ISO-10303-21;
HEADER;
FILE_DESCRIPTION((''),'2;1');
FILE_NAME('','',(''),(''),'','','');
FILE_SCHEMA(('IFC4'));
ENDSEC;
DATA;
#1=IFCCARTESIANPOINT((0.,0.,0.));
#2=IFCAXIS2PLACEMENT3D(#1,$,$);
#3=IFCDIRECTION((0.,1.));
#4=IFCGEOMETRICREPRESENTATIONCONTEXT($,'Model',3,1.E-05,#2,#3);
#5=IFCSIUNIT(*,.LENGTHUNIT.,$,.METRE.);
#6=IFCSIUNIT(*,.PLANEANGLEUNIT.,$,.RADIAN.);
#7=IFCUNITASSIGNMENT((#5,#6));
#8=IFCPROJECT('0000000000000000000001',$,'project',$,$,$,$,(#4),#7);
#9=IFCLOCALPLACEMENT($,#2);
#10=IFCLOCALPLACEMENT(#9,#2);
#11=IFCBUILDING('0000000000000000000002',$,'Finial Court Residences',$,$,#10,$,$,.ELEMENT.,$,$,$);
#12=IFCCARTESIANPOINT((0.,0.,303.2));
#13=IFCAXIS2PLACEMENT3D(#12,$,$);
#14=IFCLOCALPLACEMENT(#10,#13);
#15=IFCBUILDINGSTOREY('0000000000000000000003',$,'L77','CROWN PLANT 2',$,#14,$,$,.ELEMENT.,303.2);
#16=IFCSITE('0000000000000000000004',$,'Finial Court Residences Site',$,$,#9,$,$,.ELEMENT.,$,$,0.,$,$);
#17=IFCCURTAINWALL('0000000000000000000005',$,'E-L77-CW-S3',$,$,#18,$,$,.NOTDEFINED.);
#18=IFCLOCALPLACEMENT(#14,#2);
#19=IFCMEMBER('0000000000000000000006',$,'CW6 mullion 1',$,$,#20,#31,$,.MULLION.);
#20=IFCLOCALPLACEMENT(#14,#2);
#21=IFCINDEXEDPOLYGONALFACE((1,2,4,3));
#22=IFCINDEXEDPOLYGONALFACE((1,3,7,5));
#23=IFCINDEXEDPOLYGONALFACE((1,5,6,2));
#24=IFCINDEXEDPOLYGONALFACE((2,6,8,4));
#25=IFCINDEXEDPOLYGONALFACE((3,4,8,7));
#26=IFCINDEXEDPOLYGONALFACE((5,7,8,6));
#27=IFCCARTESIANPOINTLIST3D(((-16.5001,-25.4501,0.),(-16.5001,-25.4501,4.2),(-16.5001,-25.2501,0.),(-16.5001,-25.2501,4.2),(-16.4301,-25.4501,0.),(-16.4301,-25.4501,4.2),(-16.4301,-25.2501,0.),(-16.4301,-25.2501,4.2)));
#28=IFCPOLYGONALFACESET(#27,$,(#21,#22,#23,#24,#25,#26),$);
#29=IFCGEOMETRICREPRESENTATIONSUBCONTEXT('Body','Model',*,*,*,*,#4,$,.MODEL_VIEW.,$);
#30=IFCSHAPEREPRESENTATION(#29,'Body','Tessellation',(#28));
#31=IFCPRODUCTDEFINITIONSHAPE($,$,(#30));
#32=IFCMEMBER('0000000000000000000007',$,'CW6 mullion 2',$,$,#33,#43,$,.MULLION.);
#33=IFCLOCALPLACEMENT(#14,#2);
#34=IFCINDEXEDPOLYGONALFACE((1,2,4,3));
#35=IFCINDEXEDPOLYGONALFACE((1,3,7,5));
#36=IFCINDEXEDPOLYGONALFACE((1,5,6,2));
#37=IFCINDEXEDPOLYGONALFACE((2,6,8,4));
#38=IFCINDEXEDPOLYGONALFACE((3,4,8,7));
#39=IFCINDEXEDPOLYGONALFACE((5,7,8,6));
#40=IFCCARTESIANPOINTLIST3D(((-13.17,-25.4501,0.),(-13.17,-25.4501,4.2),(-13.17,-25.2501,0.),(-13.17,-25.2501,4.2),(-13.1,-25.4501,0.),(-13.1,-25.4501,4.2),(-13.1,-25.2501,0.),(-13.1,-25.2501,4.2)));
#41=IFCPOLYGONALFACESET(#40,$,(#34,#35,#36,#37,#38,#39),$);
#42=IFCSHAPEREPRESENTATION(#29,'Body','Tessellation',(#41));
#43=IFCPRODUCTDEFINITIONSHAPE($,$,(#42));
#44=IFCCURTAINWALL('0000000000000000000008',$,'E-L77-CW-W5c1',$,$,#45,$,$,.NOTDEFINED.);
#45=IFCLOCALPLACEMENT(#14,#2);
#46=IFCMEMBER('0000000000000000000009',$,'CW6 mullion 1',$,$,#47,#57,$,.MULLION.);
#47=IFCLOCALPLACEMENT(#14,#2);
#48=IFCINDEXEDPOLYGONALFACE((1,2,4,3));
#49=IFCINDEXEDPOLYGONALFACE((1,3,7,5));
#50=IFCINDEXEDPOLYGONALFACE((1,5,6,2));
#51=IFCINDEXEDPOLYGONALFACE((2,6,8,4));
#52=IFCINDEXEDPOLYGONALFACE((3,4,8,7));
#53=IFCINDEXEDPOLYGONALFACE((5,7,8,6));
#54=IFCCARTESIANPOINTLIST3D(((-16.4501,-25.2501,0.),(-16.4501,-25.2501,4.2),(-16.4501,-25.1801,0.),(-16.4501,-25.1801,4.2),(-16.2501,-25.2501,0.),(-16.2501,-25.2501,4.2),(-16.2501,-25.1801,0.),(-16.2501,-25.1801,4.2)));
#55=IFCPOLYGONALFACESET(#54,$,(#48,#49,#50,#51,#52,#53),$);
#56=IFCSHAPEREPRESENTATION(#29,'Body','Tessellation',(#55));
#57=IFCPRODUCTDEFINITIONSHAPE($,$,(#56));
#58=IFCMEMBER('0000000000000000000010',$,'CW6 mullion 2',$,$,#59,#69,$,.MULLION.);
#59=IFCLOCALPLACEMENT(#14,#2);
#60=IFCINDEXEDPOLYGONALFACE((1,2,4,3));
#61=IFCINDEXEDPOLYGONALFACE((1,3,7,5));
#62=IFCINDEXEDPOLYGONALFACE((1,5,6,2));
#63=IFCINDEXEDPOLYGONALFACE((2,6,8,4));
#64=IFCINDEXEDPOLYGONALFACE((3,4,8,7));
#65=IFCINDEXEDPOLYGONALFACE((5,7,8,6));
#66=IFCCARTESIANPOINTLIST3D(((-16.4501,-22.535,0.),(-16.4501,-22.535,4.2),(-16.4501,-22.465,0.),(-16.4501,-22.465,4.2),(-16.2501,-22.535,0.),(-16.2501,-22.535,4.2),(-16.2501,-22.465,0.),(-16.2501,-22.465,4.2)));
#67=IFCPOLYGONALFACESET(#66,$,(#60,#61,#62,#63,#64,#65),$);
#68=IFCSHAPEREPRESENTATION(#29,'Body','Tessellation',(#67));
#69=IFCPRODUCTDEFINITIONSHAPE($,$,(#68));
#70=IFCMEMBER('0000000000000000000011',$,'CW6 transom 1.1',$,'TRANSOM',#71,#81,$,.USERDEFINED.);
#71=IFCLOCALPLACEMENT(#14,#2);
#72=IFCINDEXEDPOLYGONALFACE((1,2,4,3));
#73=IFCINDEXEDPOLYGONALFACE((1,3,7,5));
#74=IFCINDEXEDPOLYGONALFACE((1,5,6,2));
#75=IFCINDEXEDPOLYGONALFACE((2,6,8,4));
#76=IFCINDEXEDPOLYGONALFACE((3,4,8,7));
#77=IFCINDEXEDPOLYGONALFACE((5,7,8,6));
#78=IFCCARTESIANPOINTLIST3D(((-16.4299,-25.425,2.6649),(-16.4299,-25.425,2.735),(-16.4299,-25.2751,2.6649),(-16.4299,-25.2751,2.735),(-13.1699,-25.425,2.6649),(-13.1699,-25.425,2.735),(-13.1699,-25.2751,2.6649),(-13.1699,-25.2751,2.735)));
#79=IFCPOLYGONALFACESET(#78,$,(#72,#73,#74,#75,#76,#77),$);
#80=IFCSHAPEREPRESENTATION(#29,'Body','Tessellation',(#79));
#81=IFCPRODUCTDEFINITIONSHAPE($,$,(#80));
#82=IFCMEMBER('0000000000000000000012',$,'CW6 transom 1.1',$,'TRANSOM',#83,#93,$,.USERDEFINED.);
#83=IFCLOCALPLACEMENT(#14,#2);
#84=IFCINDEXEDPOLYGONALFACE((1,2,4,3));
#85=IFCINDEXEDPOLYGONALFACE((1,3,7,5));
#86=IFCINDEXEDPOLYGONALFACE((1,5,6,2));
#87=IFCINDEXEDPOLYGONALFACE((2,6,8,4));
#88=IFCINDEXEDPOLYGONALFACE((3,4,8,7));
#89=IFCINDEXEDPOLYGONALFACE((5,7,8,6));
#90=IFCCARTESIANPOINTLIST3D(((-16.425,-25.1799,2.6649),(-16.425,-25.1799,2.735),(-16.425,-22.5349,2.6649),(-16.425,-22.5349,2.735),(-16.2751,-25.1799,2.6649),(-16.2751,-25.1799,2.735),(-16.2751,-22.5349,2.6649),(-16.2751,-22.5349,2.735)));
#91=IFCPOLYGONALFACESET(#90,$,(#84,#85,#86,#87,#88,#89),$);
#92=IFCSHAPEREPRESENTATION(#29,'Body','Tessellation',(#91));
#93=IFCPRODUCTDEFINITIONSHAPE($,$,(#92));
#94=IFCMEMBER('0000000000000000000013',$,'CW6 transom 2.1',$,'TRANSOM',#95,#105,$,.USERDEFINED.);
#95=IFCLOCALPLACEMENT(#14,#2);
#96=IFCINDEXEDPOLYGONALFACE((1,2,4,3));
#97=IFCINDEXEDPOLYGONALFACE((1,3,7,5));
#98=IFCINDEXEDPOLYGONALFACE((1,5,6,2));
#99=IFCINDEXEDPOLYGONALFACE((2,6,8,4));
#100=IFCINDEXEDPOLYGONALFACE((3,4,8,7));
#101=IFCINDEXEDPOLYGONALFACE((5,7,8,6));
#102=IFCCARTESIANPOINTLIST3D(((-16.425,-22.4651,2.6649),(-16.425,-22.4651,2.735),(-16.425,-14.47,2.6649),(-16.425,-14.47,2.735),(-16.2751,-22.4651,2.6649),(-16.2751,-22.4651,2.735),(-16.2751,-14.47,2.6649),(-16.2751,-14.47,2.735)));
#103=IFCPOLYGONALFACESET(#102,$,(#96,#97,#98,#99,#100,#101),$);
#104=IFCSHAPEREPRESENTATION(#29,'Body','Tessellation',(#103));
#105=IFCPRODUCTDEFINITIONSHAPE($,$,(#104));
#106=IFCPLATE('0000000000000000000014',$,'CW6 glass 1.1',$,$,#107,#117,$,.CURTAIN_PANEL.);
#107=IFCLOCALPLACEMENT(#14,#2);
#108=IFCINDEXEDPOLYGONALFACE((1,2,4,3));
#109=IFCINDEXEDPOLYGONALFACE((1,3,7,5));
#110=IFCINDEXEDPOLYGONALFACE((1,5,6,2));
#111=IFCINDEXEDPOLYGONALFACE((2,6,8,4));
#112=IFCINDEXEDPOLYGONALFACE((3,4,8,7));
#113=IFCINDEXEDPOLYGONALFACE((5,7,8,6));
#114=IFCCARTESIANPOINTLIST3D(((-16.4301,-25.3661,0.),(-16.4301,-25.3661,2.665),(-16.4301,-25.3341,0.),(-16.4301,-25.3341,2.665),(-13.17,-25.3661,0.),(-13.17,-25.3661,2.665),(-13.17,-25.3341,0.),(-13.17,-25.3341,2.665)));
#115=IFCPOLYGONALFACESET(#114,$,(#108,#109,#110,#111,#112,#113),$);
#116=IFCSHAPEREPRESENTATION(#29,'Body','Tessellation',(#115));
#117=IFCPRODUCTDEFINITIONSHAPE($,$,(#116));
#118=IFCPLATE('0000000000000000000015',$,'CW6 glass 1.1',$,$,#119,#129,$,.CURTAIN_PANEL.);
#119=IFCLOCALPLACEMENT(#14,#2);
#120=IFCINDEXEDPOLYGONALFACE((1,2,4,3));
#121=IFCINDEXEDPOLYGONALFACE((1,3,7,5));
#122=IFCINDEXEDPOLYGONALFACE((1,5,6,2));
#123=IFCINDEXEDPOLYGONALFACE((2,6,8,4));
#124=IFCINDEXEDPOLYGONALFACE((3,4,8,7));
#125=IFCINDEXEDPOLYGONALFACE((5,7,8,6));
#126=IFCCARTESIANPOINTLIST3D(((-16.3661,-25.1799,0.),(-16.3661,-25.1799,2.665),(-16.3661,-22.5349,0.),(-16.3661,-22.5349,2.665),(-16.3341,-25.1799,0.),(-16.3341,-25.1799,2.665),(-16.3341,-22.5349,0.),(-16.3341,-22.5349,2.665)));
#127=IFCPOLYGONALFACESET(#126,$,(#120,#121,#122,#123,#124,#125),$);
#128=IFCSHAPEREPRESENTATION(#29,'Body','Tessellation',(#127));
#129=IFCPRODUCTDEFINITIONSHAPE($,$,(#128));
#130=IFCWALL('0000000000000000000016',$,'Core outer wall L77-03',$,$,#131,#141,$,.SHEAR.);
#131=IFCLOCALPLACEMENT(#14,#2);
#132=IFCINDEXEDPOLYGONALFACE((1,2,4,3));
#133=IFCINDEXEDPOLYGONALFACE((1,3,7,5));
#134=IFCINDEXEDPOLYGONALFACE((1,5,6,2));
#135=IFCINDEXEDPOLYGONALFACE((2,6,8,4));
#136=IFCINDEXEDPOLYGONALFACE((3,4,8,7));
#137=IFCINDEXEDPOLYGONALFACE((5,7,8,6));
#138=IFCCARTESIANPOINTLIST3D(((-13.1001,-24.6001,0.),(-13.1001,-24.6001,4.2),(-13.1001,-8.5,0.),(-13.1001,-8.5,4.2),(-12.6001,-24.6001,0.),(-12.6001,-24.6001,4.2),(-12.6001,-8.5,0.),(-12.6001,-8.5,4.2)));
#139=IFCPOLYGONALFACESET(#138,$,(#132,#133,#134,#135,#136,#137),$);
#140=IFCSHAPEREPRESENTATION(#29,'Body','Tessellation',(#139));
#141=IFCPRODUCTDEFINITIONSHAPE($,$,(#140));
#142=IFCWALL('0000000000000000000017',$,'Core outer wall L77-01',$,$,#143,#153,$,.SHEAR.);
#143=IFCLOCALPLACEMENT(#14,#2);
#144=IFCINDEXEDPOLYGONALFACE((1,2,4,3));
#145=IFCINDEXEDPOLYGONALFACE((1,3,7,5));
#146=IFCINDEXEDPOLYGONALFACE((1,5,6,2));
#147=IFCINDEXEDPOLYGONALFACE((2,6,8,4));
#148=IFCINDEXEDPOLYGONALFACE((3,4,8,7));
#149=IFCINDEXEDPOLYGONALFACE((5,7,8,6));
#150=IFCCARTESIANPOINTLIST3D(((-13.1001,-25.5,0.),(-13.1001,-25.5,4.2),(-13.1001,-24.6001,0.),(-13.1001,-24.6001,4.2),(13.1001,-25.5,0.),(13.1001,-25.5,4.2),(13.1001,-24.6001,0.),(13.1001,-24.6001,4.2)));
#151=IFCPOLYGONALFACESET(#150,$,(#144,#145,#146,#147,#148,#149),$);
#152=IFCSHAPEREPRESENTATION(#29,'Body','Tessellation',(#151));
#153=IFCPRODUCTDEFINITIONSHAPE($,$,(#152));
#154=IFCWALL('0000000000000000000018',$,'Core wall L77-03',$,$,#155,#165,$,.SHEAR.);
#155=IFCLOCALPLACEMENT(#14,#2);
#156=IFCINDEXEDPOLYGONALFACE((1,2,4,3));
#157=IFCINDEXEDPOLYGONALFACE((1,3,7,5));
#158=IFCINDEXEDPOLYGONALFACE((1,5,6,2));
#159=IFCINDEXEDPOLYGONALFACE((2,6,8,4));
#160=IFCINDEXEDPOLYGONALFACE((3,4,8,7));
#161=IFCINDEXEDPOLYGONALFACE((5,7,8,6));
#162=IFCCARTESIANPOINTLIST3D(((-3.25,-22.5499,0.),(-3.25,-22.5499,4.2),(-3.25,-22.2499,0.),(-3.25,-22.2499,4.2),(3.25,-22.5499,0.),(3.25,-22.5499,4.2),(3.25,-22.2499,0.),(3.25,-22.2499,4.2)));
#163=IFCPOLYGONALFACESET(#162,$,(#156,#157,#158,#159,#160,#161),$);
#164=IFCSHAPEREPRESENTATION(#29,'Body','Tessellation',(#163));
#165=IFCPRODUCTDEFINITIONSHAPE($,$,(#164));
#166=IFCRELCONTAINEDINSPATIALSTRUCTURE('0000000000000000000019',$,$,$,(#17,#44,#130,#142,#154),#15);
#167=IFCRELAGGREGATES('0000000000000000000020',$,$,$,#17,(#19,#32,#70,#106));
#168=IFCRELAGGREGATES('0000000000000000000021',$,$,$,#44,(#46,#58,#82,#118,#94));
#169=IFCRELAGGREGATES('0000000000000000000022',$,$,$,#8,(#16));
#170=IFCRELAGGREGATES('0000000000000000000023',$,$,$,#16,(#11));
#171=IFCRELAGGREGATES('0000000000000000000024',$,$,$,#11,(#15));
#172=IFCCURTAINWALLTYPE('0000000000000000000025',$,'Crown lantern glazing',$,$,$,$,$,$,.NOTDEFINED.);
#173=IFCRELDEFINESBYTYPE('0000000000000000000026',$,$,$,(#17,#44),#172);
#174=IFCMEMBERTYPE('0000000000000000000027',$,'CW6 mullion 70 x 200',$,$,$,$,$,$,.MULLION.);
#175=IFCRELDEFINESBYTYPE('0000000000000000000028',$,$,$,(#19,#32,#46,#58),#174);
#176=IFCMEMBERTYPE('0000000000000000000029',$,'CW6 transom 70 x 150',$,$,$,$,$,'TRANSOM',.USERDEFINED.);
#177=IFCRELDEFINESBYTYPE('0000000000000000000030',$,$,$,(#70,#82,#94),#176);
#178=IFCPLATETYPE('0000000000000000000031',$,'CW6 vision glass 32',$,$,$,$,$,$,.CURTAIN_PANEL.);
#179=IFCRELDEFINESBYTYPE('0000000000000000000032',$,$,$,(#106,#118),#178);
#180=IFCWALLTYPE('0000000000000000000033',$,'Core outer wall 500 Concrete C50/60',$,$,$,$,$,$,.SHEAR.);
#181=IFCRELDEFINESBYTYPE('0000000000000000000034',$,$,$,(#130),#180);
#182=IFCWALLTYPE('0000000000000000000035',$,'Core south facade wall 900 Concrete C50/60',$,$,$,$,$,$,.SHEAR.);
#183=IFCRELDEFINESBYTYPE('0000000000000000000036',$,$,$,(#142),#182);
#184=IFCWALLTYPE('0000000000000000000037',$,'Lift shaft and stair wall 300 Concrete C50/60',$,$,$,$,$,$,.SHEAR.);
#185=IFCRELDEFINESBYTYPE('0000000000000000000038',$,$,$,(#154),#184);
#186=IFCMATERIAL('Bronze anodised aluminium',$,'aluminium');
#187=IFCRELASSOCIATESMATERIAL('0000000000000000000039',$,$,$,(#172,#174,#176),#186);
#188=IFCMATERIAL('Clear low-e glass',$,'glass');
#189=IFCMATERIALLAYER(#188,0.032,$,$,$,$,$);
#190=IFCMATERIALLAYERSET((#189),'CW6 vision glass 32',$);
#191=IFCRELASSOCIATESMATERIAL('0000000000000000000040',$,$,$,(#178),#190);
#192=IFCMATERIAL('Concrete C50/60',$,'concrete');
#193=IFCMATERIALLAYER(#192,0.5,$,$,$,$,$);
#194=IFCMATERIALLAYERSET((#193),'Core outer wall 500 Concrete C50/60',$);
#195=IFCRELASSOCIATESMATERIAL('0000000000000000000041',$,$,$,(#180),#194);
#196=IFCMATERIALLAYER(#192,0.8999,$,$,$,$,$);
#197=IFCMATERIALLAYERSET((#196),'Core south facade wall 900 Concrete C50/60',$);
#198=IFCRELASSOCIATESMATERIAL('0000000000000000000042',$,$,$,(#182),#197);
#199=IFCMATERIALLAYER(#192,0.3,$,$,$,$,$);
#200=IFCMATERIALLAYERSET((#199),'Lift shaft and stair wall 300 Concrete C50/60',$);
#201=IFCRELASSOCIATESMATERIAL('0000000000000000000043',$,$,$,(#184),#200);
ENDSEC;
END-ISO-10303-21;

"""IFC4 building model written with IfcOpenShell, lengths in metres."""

from ifc_helpers import new_model, si_unit, direction, frame, frame_2d, origin, origin_2d, place, context, subcontext, project, spatial, rectangle, extrude, material, layer, layer_set, material_profile, profile_set, type_object, element, aggregate, save


model = new_model("IFC4")

# Units and contexts
model_context = context("Model", 3, precision=1e-05, world=origin(), true_north=direction((0.0, 1.0)))
body_context = subcontext(model_context, "Body", "Model", "MODEL_VIEW")
ifc_project = project(units=[si_unit("LENGTHUNIT", "METRE"), si_unit("PLANEANGLEUNIT", "RADIAN")], contexts=[model_context])

# Site, building, storey
site_placement = place(None, origin())
site = spatial("IfcSite", under=ifc_project, at=site_placement, Name="Finial Court Residences Site", CompositionType="ELEMENT", RefElevation=0.0)
building_placement = place(site_placement, origin())
building = spatial("IfcBuilding", under=site, at=building_placement, Name="Finial Court Residences", CompositionType="ELEMENT")
storey_placement = place(building_placement, frame((0.0, 0.0, 303.2)))
storey = spatial("IfcBuildingStorey", under=building, at=storey_placement, Name="L77", Description="CROWN PLANT 2", CompositionType="ELEMENT", Elevation=303.2)

# Curtain walls, members
ifc_material_1 = material(Name="Bronze anodised aluminium", Category="aluminium")
curtain_wall_type = type_object("IfcCurtainWallType", Name="Crown lantern glazing", PredefinedType="NOTDEFINED", material=ifc_material_1)
curtain_wall_1_placement = place(storey_placement, origin())
curtain_wall_1 = element("IfcCurtainWall", 1, at=curtain_wall_1_placement, inside=storey, type_object=curtain_wall_type, Name="E-L77-CW-S3", PredefinedType="NOTDEFINED")
ifc_material_profile_1 = material_profile(ifc_material_1, rectangle(XDim=0.2, YDim=0.0701, at=origin_2d()), Name="CW6 mullion 70 x 200")
ifc_profile_set_1 = profile_set([ifc_material_profile_1], Name="Bronze anodised aluminium")
member_type_1 = type_object("IfcMemberType", Name="CW6 mullion 70 x 200", PredefinedType="MULLION", material=ifc_profile_set_1)
member_1_placement = place(storey_placement, frame((-16.4651, -25.3501, 0.0), z_axis=(0.0, 0.0, 1.0), x_axis=(0.0, 1.0, 0.0)))
member_1 = element("IfcMember", 2, at=member_1_placement, type_object=member_type_1, Name="CW6 mullion 1", PredefinedType="MULLION", context=body_context, shape_type="SweptSolid", body=[
    extrude(rectangle(XDim=0.2, YDim=0.0701, at=origin_2d()), origin(), (0.0, 0.0, 1.0), 4.2),
])
member_2_placement = place(storey_placement, frame((-13.135, -25.3501, 0.0), z_axis=(0.0, 0.0, 1.0), x_axis=(0.0, 1.0, 0.0)))
member_2 = element("IfcMember", 3, at=member_2_placement, type_object=member_type_1, Name="CW6 mullion 2", PredefinedType="MULLION", context=body_context, shape_type="SweptSolid", body=[
    extrude(rectangle(XDim=0.2, YDim=0.0701, at=origin_2d()), origin(), (0.0, 0.0, 1.0), 4.2),
])
curtain_wall_2_placement = place(storey_placement, origin())
curtain_wall_2 = element("IfcCurtainWall", 4, at=curtain_wall_2_placement, inside=storey, type_object=curtain_wall_type, Name="E-L77-CW-W5c1", PredefinedType="NOTDEFINED")
member_3_placement = place(storey_placement, frame((-16.3501, -25.2151, 0.0), z_axis=(0.0, 0.0, 1.0), x_axis=(-1.0, 0.0, 0.0)))
member_3 = element("IfcMember", 5, at=member_3_placement, type_object=member_type_1, Name="CW6 mullion 1", PredefinedType="MULLION", context=body_context, shape_type="SweptSolid", body=[
    extrude(rectangle(XDim=0.2, YDim=0.0701, at=origin_2d()), origin(), (0.0, 0.0, 1.0), 4.2),
])
member_4_placement = place(storey_placement, frame((-16.3501, -22.5, 0.0), z_axis=(0.0, 0.0, 1.0), x_axis=(-1.0, 0.0, 0.0)))
member_4 = element("IfcMember", 6, at=member_4_placement, type_object=member_type_1, Name="CW6 mullion 2", PredefinedType="MULLION", context=body_context, shape_type="SweptSolid", body=[
    extrude(rectangle(XDim=0.2, YDim=0.0701, at=origin_2d()), origin(), (0.0, 0.0, 1.0), 4.2),
])

# Members
ifc_material_profile_2 = material_profile(ifc_material_1, rectangle(XDim=0.1499, YDim=0.0701, at=origin_2d()), Name="CW6 transom 70 x 150")
ifc_profile_set_2 = profile_set([ifc_material_profile_2], Name="Bronze anodised aluminium")
member_type_2 = type_object("IfcMemberType", Name="CW6 transom 70 x 150", ElementType="TRANSOM", PredefinedType="USERDEFINED", material=ifc_profile_set_2)
member_5_placement = place(storey_placement, frame((-16.4299, -25.3501, 2.7), z_axis=(1.0, 0.0, 0.0), x_axis=(0.0, 1.0, 0.0)))
member_5 = element("IfcMember", 7, at=member_5_placement, type_object=member_type_2, Name="CW6 transom 1.1", ObjectType="TRANSOM", PredefinedType="USERDEFINED", context=body_context, shape_type="SweptSolid", body=[
    extrude(rectangle(XDim=0.1499, YDim=0.0701, at=origin_2d()), origin(), (0.0, 0.0, 1.0), 3.26),
])
member_6_placement = place(storey_placement, frame((-16.3501, -25.1799, 2.7), z_axis=(0.0, 1.0, 0.0), x_axis=(-1.0, 0.0, 0.0)))
member_6 = element("IfcMember", 8, at=member_6_placement, type_object=member_type_2, Name="CW6 transom 1.1", ObjectType="TRANSOM", PredefinedType="USERDEFINED", context=body_context, shape_type="SweptSolid", body=[
    extrude(rectangle(XDim=0.1499, YDim=0.0701, at=origin_2d()), origin(), (0.0, 0.0, 1.0), 2.645),
])
member_7_placement = place(storey_placement, frame((-16.3501, -22.4651, 2.7), z_axis=(0.0, 1.0, 0.0), x_axis=(-1.0, 0.0, 0.0)))
member_7 = element("IfcMember", 9, at=member_7_placement, type_object=member_type_2, Name="CW6 transom 2.1", ObjectType="TRANSOM", PredefinedType="USERDEFINED", context=body_context, shape_type="SweptSolid", body=[
    extrude(rectangle(XDim=0.1499, YDim=0.0701, at=origin_2d()), origin(), (0.0, 0.0, 1.0), 7.9951),
])

# Plates
ifc_material_2 = material(Name="Clear low-e glass", Category="glass")
ifc_layer_1 = layer(ifc_material_2, 0.032)
ifc_layer_set_1 = layer_set([ifc_layer_1], Name="CW6 vision glass 32")
plate_type = type_object("IfcPlateType", Name="CW6 vision glass 32", PredefinedType="CURTAIN_PANEL", material=ifc_layer_set_1)
plate_1_placement = place(storey_placement, frame((-14.8, -25.3501, 0.0), z_axis=(0.0, 0.0, 1.0), x_axis=(1.0, 0.0, 0.0)))
plate_1 = element("IfcPlate", 10, at=plate_1_placement, type_object=plate_type, Name="CW6 glass 1.1", PredefinedType="CURTAIN_PANEL", context=body_context, shape_type="SweptSolid", body=[
    extrude(rectangle(XDim=3.26, YDim=0.032, at=origin_2d()), origin(), (0.0, 0.0, 1.0), 2.665),
])
plate_2_placement = place(storey_placement, frame((-16.3501, -23.8574, 0.0), z_axis=(0.0, 0.0, 1.0), x_axis=(0.0, 1.0, 0.0)))
plate_2 = element("IfcPlate", 11, at=plate_2_placement, type_object=plate_type, Name="CW6 glass 1.1", PredefinedType="CURTAIN_PANEL", context=body_context, shape_type="SweptSolid", body=[
    extrude(rectangle(XDim=2.645, YDim=0.032, at=origin_2d()), origin(), (0.0, 0.0, 1.0), 2.665),
])

# Walls
ifc_material_3 = material(Name="Concrete C50/60", Category="concrete")
ifc_layer_2 = layer(ifc_material_3, 0.5)
ifc_layer_set_2 = layer_set([ifc_layer_2], Name="Core outer wall 500 Concrete C50/60")
wall_type_1 = type_object("IfcWallType", Name="Core outer wall 500 Concrete C50/60", PredefinedType="SHEAR", material=ifc_layer_set_2)
wall_1_placement = place(storey_placement, frame((-12.8501, -24.6001, 0.0), z_axis=(0.0, 0.0, 1.0), x_axis=(0.0, 1.0, 0.0)))
element("IfcWall", 12, at=wall_1_placement, inside=storey, type_object=wall_type_1, Name="Core outer wall L77-03", PredefinedType="SHEAR", context=body_context, shape_type="SweptSolid", body=[
    extrude(rectangle(XDim=16.1001, YDim=0.5, at=frame_2d((8.05, 0.0))), origin(), (0.0, 0.0, 1.0), 4.2),
])
ifc_layer_3 = layer(ifc_material_3, 0.8999)
ifc_layer_set_3 = layer_set([ifc_layer_3], Name="Core south facade wall 900 Concrete C50/60")
wall_type_2 = type_object("IfcWallType", Name="Core south facade wall 900 Concrete C50/60", PredefinedType="SHEAR", material=ifc_layer_set_3)
wall_2_placement = place(storey_placement, frame((-13.1001, -25.05, 0.0), z_axis=(0.0, 0.0, 1.0), x_axis=(1.0, 0.0, 0.0)))
element("IfcWall", 13, at=wall_2_placement, inside=storey, type_object=wall_type_2, Name="Core outer wall L77-01", PredefinedType="SHEAR", context=body_context, shape_type="SweptSolid", body=[
    extrude(rectangle(XDim=26.2002, YDim=0.8999, at=frame_2d((13.1001, 0.0))), origin(), (0.0, 0.0, 1.0), 4.2),
])
ifc_layer_4 = layer(ifc_material_3, 0.3)
ifc_layer_set_4 = layer_set([ifc_layer_4], Name="Lift shaft and stair wall 300 Concrete C50/60")
wall_type_3 = type_object("IfcWallType", Name="Lift shaft and stair wall 300 Concrete C50/60", PredefinedType="SHEAR", material=ifc_layer_set_4)
wall_3_placement = place(storey_placement, frame((-3.25, -22.3999, 0.0), z_axis=(0.0, 0.0, 1.0), x_axis=(1.0, 0.0, 0.0)))
element("IfcWall", 14, at=wall_3_placement, inside=storey, type_object=wall_type_3, Name="Core wall L77-03", PredefinedType="SHEAR", context=body_context, shape_type="SweptSolid", body=[
    extrude(rectangle(XDim=6.5, YDim=0.3, at=frame_2d((3.25, 0.0))), origin(), (0.0, 0.0, 1.0), 4.2),
])

aggregate(curtain_wall_1, [member_1, member_2, member_5, plate_1])
aggregate(curtain_wall_2, [member_3, member_4, member_6, plate_2, member_7])

save(model, "model.ifc")
